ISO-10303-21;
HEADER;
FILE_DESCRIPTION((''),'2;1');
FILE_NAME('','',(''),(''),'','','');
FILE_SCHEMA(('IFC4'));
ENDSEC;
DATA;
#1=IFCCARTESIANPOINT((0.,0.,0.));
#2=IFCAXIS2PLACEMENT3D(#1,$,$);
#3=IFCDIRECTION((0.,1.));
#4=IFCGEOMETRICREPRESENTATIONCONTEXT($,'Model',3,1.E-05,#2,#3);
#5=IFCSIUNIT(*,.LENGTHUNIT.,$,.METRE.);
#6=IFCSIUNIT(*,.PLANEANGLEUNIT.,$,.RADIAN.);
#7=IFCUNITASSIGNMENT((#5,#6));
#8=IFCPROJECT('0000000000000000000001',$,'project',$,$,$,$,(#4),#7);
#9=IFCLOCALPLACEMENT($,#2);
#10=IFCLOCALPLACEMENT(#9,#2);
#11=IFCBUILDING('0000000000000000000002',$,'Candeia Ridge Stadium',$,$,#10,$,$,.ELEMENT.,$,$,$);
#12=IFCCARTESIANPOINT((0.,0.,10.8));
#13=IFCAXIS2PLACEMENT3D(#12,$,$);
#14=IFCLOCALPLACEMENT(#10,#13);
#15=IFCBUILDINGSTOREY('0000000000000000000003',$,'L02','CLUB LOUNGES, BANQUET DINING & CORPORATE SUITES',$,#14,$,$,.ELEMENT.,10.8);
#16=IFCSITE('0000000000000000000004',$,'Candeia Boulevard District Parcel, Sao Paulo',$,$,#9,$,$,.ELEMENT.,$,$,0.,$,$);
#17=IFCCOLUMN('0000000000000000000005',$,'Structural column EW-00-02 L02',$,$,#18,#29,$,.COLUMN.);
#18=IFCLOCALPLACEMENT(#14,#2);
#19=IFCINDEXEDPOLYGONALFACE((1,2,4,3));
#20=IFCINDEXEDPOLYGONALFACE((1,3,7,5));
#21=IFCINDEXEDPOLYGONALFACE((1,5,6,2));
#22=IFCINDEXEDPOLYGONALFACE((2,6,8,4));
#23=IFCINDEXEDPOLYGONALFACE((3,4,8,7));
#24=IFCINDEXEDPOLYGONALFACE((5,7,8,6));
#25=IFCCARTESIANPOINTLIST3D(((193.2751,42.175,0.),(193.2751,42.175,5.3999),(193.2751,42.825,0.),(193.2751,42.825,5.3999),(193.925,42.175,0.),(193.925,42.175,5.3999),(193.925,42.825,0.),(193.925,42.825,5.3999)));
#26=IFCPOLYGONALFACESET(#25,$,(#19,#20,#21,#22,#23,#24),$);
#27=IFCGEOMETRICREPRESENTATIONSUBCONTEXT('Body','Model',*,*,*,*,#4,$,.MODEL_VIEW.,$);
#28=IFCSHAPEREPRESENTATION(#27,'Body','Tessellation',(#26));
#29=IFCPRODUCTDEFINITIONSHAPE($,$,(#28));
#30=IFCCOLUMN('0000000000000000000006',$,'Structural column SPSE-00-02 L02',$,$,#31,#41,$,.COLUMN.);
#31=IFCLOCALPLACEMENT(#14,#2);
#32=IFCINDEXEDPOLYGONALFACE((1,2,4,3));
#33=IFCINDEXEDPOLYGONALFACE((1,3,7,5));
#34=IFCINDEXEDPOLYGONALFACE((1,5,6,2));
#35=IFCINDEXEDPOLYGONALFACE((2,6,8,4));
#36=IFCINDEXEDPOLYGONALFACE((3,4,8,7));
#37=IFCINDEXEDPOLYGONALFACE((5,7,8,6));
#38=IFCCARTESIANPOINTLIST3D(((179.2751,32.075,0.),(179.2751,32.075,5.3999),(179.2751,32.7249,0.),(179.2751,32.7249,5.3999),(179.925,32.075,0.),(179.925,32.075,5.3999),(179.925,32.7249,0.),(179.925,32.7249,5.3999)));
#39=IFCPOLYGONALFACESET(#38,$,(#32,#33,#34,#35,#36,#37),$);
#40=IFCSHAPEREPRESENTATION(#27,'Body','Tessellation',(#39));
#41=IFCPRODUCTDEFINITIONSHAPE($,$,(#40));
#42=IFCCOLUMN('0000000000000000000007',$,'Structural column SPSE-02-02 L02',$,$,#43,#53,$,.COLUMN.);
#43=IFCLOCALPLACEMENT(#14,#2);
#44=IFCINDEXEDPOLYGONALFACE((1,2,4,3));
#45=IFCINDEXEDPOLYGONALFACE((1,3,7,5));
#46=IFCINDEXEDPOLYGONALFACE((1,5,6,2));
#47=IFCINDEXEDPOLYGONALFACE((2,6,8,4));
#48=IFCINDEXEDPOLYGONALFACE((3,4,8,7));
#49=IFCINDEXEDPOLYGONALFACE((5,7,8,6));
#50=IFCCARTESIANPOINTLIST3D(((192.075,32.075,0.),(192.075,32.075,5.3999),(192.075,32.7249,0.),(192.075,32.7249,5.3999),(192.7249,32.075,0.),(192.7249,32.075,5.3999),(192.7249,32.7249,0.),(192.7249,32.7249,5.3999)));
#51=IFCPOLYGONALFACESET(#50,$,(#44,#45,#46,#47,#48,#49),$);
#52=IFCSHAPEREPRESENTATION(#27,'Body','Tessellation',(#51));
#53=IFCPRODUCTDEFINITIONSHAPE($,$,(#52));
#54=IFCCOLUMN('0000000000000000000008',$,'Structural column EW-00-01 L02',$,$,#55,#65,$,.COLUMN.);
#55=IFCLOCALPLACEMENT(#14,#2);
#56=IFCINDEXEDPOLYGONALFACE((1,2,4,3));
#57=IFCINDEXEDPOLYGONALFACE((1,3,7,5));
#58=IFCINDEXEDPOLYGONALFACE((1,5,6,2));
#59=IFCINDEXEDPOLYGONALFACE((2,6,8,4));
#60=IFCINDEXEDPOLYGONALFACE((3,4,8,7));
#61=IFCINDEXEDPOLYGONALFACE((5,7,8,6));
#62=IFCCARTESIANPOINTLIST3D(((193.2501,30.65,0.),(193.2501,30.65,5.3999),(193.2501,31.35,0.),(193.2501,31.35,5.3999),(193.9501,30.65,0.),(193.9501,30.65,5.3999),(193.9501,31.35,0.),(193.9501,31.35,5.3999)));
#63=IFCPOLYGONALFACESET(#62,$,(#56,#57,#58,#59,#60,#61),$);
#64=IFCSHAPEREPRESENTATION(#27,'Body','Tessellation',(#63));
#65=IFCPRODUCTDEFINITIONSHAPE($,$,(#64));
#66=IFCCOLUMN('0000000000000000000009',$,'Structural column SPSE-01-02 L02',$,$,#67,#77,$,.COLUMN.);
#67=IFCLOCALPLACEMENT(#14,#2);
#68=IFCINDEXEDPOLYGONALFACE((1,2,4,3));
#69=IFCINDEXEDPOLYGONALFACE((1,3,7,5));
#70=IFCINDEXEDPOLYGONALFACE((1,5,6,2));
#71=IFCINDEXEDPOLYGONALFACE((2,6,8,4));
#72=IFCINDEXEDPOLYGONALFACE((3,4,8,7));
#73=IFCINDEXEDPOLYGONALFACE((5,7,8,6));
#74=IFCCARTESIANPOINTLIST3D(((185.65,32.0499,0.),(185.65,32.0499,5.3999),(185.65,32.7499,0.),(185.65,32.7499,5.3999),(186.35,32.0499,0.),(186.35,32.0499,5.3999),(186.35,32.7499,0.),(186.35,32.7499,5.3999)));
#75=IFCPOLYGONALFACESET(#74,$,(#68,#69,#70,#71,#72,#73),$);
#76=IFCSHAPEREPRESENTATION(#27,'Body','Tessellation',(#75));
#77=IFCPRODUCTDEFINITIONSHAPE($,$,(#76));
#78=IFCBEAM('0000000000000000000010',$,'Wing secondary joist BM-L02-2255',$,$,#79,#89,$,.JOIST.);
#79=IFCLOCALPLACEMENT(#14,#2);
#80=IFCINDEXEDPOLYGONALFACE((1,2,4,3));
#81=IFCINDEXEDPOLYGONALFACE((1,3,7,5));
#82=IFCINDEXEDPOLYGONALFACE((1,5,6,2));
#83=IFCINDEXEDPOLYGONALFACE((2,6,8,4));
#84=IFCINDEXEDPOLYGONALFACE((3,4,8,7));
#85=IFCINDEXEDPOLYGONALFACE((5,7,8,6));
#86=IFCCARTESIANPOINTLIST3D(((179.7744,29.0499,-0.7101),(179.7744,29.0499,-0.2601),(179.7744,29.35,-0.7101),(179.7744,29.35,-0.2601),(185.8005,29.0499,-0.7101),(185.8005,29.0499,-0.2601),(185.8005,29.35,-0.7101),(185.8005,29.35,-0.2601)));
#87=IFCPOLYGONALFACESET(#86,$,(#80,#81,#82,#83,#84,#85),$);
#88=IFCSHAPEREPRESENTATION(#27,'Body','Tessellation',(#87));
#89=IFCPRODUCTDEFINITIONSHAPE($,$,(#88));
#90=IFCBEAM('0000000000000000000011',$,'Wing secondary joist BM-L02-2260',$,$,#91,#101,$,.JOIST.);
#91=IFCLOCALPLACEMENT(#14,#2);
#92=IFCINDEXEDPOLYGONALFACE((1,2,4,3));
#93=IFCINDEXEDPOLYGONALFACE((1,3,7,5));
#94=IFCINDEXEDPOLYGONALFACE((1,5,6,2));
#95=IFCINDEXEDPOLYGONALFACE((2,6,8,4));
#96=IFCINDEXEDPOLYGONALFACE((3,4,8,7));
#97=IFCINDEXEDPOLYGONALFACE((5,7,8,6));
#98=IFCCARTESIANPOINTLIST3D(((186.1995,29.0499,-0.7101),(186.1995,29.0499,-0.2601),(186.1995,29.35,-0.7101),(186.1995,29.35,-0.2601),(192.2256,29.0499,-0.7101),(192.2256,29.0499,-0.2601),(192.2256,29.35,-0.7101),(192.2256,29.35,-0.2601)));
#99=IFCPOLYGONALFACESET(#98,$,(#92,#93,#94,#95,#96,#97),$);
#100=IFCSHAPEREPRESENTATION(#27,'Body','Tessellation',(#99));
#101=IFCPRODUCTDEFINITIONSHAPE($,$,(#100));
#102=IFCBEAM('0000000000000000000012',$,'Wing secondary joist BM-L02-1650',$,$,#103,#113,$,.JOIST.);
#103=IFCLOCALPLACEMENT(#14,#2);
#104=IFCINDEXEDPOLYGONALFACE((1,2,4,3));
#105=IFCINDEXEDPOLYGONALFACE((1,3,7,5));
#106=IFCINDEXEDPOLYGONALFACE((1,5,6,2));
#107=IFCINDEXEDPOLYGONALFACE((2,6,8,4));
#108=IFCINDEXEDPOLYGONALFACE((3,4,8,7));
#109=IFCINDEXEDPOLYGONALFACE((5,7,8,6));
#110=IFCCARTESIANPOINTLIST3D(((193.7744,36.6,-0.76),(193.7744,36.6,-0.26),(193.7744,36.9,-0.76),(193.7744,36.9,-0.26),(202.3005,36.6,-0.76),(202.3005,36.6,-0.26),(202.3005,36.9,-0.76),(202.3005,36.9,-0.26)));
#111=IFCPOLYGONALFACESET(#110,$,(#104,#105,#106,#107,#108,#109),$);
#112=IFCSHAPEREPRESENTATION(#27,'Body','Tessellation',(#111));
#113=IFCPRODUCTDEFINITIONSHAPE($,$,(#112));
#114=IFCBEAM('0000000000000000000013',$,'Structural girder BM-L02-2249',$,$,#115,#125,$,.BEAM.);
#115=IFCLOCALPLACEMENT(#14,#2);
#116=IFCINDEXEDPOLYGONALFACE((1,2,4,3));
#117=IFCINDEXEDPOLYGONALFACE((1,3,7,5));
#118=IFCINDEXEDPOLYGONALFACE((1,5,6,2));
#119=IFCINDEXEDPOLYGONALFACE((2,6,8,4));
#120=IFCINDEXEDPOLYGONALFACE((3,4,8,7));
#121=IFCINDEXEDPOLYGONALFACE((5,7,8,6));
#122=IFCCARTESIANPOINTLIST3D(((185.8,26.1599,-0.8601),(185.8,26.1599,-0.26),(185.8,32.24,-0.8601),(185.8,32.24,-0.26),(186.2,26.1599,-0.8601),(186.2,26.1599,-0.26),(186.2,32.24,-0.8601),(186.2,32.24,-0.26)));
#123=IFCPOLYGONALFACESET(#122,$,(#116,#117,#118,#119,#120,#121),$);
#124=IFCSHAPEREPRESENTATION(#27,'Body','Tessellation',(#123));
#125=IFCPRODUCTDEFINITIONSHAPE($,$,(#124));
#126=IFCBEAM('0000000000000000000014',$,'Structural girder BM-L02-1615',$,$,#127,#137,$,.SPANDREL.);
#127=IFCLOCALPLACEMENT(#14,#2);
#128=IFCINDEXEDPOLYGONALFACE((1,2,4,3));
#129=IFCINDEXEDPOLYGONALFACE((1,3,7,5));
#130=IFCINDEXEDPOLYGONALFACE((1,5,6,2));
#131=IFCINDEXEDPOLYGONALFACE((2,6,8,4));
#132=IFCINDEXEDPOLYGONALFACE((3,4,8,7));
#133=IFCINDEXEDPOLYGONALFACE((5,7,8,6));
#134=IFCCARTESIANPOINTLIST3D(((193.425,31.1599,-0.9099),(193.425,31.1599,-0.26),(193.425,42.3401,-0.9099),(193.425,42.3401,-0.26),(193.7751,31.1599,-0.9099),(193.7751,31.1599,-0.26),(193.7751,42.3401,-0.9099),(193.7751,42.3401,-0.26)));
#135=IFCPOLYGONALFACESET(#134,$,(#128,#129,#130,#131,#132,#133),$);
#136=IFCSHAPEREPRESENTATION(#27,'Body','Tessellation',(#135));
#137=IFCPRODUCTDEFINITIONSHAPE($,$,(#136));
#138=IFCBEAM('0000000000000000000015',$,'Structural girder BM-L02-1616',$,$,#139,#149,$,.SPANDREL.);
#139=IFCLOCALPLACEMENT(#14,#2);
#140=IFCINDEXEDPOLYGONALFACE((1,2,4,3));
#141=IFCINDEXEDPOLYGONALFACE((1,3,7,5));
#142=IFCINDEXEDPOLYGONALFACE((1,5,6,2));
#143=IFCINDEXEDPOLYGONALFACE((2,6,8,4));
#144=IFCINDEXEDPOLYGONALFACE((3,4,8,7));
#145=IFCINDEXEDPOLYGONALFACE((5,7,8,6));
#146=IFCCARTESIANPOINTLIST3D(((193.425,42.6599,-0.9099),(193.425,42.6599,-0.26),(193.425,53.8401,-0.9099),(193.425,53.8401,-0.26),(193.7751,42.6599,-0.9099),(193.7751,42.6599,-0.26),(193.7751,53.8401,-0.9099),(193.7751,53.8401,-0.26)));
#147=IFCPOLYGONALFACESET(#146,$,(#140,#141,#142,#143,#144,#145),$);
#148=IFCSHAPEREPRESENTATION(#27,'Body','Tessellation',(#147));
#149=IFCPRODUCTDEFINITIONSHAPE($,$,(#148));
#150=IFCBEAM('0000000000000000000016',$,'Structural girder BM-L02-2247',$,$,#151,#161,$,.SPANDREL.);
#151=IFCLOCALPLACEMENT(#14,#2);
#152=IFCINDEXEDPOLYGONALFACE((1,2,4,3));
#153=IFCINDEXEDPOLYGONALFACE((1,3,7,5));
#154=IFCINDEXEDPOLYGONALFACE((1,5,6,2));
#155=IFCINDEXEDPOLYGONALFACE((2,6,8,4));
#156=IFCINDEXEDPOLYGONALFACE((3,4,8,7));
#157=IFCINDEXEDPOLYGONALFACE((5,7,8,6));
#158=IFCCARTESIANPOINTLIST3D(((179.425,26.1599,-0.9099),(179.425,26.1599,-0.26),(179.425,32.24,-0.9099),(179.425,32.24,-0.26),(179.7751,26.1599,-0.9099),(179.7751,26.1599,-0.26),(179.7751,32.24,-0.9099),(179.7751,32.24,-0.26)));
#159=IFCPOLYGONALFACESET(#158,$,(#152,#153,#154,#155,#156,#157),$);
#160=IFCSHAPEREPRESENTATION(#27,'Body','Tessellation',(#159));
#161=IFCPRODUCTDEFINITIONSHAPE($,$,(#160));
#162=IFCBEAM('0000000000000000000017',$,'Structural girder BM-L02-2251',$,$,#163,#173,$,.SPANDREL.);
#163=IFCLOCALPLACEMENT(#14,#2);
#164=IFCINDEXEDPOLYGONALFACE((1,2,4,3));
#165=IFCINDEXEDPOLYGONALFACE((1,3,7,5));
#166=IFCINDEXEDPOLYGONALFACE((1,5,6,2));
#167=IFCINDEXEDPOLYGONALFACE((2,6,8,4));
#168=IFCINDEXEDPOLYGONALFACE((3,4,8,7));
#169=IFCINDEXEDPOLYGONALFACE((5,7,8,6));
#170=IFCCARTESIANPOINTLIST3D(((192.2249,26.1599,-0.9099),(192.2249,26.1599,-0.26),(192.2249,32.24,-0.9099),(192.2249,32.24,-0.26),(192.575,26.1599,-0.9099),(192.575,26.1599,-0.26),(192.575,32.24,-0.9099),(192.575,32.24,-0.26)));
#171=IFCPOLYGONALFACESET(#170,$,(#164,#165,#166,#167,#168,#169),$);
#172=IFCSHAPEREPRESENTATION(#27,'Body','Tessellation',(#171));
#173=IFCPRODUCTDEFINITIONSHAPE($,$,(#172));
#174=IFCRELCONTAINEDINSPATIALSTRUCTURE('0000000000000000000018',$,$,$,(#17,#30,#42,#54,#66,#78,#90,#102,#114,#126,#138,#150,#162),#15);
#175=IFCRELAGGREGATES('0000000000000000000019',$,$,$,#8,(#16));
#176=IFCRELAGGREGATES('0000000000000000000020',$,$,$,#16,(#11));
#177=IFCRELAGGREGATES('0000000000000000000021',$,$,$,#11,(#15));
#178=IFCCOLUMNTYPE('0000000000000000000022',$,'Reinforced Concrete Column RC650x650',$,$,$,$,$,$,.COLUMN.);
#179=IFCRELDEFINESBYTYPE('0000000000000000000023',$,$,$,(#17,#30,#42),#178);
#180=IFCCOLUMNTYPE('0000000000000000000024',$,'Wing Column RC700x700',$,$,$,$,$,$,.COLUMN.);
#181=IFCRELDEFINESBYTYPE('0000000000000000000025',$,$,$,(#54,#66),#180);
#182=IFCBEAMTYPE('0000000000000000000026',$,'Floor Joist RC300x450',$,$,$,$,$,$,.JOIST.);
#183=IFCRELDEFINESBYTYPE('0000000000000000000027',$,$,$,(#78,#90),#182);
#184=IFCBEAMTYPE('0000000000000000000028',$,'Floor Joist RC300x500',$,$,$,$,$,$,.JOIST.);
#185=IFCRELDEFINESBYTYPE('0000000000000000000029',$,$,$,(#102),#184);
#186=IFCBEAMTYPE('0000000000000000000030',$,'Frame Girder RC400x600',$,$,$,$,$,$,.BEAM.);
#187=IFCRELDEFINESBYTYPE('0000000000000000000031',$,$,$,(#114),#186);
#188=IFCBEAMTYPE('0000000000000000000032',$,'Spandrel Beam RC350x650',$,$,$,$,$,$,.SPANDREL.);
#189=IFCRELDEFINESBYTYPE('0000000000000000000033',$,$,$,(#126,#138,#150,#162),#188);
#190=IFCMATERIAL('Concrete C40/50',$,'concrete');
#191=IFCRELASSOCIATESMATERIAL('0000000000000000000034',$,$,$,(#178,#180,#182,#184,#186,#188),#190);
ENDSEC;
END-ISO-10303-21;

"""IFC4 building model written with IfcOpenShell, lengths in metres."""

from ifc_helpers import new_model, si_unit, direction, frame, origin, origin_2d, place, context, subcontext, project, spatial, rectangle, extrude, material, material_profile, profile_set, type_object, element, save


model = new_model("IFC4")

# Units and contexts
model_context = context("Model", 3, precision=1e-05, world=origin(), true_north=direction((0.0, 1.0)))
body_context = subcontext(model_context, "Body", "Model", "MODEL_VIEW")
ifc_project = project(units=[si_unit("LENGTHUNIT", "METRE"), si_unit("PLANEANGLEUNIT", "RADIAN")], contexts=[model_context])

# Site, building, storey
site_placement = place(None, origin())
site = spatial("IfcSite", under=ifc_project, at=site_placement, Name="Candeia Boulevard District Parcel, Sao Paulo", CompositionType="ELEMENT", RefElevation=0.0)
building_placement = place(site_placement, origin())
building = spatial("IfcBuilding", under=site, at=building_placement, Name="Candeia Ridge Stadium", CompositionType="ELEMENT")
storey_placement = place(building_placement, frame((0.0, 0.0, 10.8)))
storey = spatial("IfcBuildingStorey", under=building, at=storey_placement, Name="L02", Description="CLUB LOUNGES, BANQUET DINING & CORPORATE SUITES", CompositionType="ELEMENT", Elevation=10.8)

# Columns
ifc_material_1 = material(Name="Concrete C40/50", Category="concrete")
ifc_material_profile_1 = material_profile(ifc_material_1, rectangle(XDim=0.6499, YDim=0.6499, at=origin_2d()), Name="RC650x650", Category="concrete")
ifc_profile_set_1 = profile_set([ifc_material_profile_1], Name="Concrete C40/50")
column_type_1 = type_object("IfcColumnType", Name="Reinforced Concrete Column RC650x650", PredefinedType="COLUMN", material=ifc_profile_set_1)
for number, where, z_axis, x_axis, name in (
    (1, (193.6001, 42.5, 0.0), (0.0, 0.0, 1.0), (1.0, 0.0, 0.0), "Structural column EW-00-02 L02"),
    (2, (179.6001, 32.3999, 0.0), (0.0, 0.0, 1.0), (1.0, 0.0, 0.0), "Structural column SPSE-00-02 L02"),
    (3, (192.3999, 32.3999, 0.0), (0.0, 0.0, 1.0), (1.0, 0.0, 0.0), "Structural column SPSE-02-02 L02"),
):
    element("IfcColumn", number, at=place(storey_placement, frame(where, z_axis=z_axis, x_axis=x_axis)), inside=storey, type_object=column_type_1, Name=name, PredefinedType="COLUMN", context=body_context, shape_type="SweptSolid", body=[
        extrude(rectangle(XDim=0.6499, YDim=0.6499, at=origin_2d()), origin(), (0.0, 0.0, 1.0), 5.3999),
    ])
ifc_material_profile_2 = material_profile(ifc_material_1, rectangle(XDim=0.7, YDim=0.7, at=origin_2d()), Name="RC700x700", Category="concrete")
ifc_profile_set_2 = profile_set([ifc_material_profile_2], Name="Concrete C40/50")
column_type_2 = type_object("IfcColumnType", Name="Wing Column RC700x700", PredefinedType="COLUMN", material=ifc_profile_set_2)
for number, where, z_axis, x_axis, name in (
    (4, (193.6001, 31.0, 0.0), (0.0, 0.0, 1.0), (1.0, 0.0, 0.0), "Structural column EW-00-01 L02"),
    (5, (186.0, 32.3999, 0.0), (0.0, 0.0, 1.0), (1.0, 0.0, 0.0), "Structural column SPSE-01-02 L02"),
):
    element("IfcColumn", number, at=place(storey_placement, frame(where, z_axis=z_axis, x_axis=x_axis)), inside=storey, type_object=column_type_2, Name=name, PredefinedType="COLUMN", context=body_context, shape_type="SweptSolid", body=[
        extrude(rectangle(XDim=0.7, YDim=0.7, at=origin_2d()), origin(), (0.0, 0.0, 1.0), 5.3999),
    ])

# Beams
ifc_material_profile_3 = material_profile(ifc_material_1, rectangle(XDim=0.3, YDim=0.45, at=origin_2d()), Name="RC300x450", Category="concrete")
ifc_profile_set_3 = profile_set([ifc_material_profile_3], Name="Concrete C40/50")
beam_type_1 = type_object("IfcBeamType", Name="Floor Joist RC300x450", PredefinedType="JOIST", material=ifc_profile_set_3)
for number, where, z_axis, x_axis, name in (
    (6, (179.7744, 29.2, -0.4851), (1.0, 0.0, 0.0), (0.0, 1.0, 0.0), "Wing secondary joist BM-L02-2255"),
    (7, (186.1995, 29.2, -0.4851), (1.0, 0.0, 0.0), (0.0, 1.0, 0.0), "Wing secondary joist BM-L02-2260"),
):
    element("IfcBeam", number, at=place(storey_placement, frame(where, z_axis=z_axis, x_axis=x_axis)), inside=storey, type_object=beam_type_1, Name=name, PredefinedType="JOIST", context=body_context, shape_type="SweptSolid", body=[
        extrude(rectangle(XDim=0.3, YDim=0.45, at=origin_2d()), origin(), (0.0, 0.0, 1.0), 6.0261),
    ])
ifc_material_profile_4 = material_profile(ifc_material_1, rectangle(XDim=0.3, YDim=0.5, at=origin_2d()), Name="RC300x500", Category="concrete")
ifc_profile_set_4 = profile_set([ifc_material_profile_4], Name="Concrete C40/50")
beam_type_2 = type_object("IfcBeamType", Name="Floor Joist RC300x500", PredefinedType="JOIST", material=ifc_profile_set_4)
beam_1_placement = place(storey_placement, frame((193.7744, 36.75, -0.51), z_axis=(1.0, 0.0, 0.0), x_axis=(0.0, 1.0, 0.0)))
element("IfcBeam", 8, at=beam_1_placement, inside=storey, type_object=beam_type_2, Name="Wing secondary joist BM-L02-1650", PredefinedType="JOIST", context=body_context, shape_type="SweptSolid", body=[
    extrude(rectangle(XDim=0.3, YDim=0.5, at=origin_2d()), origin(), (0.0, 0.0, 1.0), 8.5261),
])
ifc_material_profile_5 = material_profile(ifc_material_1, rectangle(XDim=0.3999, YDim=0.6001, at=origin_2d()), Name="RC400x600", Category="concrete")
ifc_profile_set_5 = profile_set([ifc_material_profile_5], Name="Concrete C40/50")
beam_type_3 = type_object("IfcBeamType", Name="Frame Girder RC400x600", PredefinedType="BEAM", material=ifc_profile_set_5)
beam_2_placement = place(storey_placement, frame((186.0, 26.1599, -0.5601), z_axis=(0.0, 1.0, 0.0), x_axis=(-1.0, 0.0, 0.0)))
element("IfcBeam", 9, at=beam_2_placement, inside=storey, type_object=beam_type_3, Name="Structural girder BM-L02-2249", PredefinedType="BEAM", context=body_context, shape_type="SweptSolid", body=[
    extrude(rectangle(XDim=0.3999, YDim=0.6001, at=origin_2d()), origin(), (0.0, 0.0, 1.0), 6.0801),
])
ifc_material_profile_6 = material_profile(ifc_material_1, rectangle(XDim=0.3501, YDim=0.6499, at=origin_2d()), Name="RC350x650", Category="concrete")
ifc_profile_set_6 = profile_set([ifc_material_profile_6], Name="Concrete C40/50")
beam_type_4 = type_object("IfcBeamType", Name="Spandrel Beam RC350x650", PredefinedType="SPANDREL", material=ifc_profile_set_6)
for number, where, z_axis, x_axis, name in (
    (10, (193.6001, 31.1599, -0.585), (0.0, 1.0, 0.0), (-1.0, 0.0, 0.0), "Structural girder BM-L02-1615"),
    (11, (193.6001, 42.6599, -0.585), (0.0, 1.0, 0.0), (-1.0, 0.0, 0.0), "Structural girder BM-L02-1616"),
):
    element("IfcBeam", number, at=place(storey_placement, frame(where, z_axis=z_axis, x_axis=x_axis)), inside=storey, type_object=beam_type_4, Name=name, PredefinedType="SPANDREL", context=body_context, shape_type="SweptSolid", body=[
        extrude(rectangle(XDim=0.3501, YDim=0.6499, at=origin_2d()), origin(), (0.0, 0.0, 1.0), 11.1802),
    ])
for number, where, z_axis, x_axis, name in (
    (12, (179.6001, 26.1599, -0.585), (0.0, 1.0, 0.0), (-1.0, 0.0, 0.0), "Structural girder BM-L02-2247"),
    (13, (192.3999, 26.1599, -0.585), (0.0, 1.0, 0.0), (-1.0, 0.0, 0.0), "Structural girder BM-L02-2251"),
):
    element("IfcBeam", number, at=place(storey_placement, frame(where, z_axis=z_axis, x_axis=x_axis)), inside=storey, type_object=beam_type_4, Name=name, PredefinedType="SPANDREL", context=body_context, shape_type="SweptSolid", body=[
        extrude(rectangle(XDim=0.3501, YDim=0.6499, at=origin_2d()), origin(), (0.0, 0.0, 1.0), 6.0801),
    ])

save(model, "model.ifc")
